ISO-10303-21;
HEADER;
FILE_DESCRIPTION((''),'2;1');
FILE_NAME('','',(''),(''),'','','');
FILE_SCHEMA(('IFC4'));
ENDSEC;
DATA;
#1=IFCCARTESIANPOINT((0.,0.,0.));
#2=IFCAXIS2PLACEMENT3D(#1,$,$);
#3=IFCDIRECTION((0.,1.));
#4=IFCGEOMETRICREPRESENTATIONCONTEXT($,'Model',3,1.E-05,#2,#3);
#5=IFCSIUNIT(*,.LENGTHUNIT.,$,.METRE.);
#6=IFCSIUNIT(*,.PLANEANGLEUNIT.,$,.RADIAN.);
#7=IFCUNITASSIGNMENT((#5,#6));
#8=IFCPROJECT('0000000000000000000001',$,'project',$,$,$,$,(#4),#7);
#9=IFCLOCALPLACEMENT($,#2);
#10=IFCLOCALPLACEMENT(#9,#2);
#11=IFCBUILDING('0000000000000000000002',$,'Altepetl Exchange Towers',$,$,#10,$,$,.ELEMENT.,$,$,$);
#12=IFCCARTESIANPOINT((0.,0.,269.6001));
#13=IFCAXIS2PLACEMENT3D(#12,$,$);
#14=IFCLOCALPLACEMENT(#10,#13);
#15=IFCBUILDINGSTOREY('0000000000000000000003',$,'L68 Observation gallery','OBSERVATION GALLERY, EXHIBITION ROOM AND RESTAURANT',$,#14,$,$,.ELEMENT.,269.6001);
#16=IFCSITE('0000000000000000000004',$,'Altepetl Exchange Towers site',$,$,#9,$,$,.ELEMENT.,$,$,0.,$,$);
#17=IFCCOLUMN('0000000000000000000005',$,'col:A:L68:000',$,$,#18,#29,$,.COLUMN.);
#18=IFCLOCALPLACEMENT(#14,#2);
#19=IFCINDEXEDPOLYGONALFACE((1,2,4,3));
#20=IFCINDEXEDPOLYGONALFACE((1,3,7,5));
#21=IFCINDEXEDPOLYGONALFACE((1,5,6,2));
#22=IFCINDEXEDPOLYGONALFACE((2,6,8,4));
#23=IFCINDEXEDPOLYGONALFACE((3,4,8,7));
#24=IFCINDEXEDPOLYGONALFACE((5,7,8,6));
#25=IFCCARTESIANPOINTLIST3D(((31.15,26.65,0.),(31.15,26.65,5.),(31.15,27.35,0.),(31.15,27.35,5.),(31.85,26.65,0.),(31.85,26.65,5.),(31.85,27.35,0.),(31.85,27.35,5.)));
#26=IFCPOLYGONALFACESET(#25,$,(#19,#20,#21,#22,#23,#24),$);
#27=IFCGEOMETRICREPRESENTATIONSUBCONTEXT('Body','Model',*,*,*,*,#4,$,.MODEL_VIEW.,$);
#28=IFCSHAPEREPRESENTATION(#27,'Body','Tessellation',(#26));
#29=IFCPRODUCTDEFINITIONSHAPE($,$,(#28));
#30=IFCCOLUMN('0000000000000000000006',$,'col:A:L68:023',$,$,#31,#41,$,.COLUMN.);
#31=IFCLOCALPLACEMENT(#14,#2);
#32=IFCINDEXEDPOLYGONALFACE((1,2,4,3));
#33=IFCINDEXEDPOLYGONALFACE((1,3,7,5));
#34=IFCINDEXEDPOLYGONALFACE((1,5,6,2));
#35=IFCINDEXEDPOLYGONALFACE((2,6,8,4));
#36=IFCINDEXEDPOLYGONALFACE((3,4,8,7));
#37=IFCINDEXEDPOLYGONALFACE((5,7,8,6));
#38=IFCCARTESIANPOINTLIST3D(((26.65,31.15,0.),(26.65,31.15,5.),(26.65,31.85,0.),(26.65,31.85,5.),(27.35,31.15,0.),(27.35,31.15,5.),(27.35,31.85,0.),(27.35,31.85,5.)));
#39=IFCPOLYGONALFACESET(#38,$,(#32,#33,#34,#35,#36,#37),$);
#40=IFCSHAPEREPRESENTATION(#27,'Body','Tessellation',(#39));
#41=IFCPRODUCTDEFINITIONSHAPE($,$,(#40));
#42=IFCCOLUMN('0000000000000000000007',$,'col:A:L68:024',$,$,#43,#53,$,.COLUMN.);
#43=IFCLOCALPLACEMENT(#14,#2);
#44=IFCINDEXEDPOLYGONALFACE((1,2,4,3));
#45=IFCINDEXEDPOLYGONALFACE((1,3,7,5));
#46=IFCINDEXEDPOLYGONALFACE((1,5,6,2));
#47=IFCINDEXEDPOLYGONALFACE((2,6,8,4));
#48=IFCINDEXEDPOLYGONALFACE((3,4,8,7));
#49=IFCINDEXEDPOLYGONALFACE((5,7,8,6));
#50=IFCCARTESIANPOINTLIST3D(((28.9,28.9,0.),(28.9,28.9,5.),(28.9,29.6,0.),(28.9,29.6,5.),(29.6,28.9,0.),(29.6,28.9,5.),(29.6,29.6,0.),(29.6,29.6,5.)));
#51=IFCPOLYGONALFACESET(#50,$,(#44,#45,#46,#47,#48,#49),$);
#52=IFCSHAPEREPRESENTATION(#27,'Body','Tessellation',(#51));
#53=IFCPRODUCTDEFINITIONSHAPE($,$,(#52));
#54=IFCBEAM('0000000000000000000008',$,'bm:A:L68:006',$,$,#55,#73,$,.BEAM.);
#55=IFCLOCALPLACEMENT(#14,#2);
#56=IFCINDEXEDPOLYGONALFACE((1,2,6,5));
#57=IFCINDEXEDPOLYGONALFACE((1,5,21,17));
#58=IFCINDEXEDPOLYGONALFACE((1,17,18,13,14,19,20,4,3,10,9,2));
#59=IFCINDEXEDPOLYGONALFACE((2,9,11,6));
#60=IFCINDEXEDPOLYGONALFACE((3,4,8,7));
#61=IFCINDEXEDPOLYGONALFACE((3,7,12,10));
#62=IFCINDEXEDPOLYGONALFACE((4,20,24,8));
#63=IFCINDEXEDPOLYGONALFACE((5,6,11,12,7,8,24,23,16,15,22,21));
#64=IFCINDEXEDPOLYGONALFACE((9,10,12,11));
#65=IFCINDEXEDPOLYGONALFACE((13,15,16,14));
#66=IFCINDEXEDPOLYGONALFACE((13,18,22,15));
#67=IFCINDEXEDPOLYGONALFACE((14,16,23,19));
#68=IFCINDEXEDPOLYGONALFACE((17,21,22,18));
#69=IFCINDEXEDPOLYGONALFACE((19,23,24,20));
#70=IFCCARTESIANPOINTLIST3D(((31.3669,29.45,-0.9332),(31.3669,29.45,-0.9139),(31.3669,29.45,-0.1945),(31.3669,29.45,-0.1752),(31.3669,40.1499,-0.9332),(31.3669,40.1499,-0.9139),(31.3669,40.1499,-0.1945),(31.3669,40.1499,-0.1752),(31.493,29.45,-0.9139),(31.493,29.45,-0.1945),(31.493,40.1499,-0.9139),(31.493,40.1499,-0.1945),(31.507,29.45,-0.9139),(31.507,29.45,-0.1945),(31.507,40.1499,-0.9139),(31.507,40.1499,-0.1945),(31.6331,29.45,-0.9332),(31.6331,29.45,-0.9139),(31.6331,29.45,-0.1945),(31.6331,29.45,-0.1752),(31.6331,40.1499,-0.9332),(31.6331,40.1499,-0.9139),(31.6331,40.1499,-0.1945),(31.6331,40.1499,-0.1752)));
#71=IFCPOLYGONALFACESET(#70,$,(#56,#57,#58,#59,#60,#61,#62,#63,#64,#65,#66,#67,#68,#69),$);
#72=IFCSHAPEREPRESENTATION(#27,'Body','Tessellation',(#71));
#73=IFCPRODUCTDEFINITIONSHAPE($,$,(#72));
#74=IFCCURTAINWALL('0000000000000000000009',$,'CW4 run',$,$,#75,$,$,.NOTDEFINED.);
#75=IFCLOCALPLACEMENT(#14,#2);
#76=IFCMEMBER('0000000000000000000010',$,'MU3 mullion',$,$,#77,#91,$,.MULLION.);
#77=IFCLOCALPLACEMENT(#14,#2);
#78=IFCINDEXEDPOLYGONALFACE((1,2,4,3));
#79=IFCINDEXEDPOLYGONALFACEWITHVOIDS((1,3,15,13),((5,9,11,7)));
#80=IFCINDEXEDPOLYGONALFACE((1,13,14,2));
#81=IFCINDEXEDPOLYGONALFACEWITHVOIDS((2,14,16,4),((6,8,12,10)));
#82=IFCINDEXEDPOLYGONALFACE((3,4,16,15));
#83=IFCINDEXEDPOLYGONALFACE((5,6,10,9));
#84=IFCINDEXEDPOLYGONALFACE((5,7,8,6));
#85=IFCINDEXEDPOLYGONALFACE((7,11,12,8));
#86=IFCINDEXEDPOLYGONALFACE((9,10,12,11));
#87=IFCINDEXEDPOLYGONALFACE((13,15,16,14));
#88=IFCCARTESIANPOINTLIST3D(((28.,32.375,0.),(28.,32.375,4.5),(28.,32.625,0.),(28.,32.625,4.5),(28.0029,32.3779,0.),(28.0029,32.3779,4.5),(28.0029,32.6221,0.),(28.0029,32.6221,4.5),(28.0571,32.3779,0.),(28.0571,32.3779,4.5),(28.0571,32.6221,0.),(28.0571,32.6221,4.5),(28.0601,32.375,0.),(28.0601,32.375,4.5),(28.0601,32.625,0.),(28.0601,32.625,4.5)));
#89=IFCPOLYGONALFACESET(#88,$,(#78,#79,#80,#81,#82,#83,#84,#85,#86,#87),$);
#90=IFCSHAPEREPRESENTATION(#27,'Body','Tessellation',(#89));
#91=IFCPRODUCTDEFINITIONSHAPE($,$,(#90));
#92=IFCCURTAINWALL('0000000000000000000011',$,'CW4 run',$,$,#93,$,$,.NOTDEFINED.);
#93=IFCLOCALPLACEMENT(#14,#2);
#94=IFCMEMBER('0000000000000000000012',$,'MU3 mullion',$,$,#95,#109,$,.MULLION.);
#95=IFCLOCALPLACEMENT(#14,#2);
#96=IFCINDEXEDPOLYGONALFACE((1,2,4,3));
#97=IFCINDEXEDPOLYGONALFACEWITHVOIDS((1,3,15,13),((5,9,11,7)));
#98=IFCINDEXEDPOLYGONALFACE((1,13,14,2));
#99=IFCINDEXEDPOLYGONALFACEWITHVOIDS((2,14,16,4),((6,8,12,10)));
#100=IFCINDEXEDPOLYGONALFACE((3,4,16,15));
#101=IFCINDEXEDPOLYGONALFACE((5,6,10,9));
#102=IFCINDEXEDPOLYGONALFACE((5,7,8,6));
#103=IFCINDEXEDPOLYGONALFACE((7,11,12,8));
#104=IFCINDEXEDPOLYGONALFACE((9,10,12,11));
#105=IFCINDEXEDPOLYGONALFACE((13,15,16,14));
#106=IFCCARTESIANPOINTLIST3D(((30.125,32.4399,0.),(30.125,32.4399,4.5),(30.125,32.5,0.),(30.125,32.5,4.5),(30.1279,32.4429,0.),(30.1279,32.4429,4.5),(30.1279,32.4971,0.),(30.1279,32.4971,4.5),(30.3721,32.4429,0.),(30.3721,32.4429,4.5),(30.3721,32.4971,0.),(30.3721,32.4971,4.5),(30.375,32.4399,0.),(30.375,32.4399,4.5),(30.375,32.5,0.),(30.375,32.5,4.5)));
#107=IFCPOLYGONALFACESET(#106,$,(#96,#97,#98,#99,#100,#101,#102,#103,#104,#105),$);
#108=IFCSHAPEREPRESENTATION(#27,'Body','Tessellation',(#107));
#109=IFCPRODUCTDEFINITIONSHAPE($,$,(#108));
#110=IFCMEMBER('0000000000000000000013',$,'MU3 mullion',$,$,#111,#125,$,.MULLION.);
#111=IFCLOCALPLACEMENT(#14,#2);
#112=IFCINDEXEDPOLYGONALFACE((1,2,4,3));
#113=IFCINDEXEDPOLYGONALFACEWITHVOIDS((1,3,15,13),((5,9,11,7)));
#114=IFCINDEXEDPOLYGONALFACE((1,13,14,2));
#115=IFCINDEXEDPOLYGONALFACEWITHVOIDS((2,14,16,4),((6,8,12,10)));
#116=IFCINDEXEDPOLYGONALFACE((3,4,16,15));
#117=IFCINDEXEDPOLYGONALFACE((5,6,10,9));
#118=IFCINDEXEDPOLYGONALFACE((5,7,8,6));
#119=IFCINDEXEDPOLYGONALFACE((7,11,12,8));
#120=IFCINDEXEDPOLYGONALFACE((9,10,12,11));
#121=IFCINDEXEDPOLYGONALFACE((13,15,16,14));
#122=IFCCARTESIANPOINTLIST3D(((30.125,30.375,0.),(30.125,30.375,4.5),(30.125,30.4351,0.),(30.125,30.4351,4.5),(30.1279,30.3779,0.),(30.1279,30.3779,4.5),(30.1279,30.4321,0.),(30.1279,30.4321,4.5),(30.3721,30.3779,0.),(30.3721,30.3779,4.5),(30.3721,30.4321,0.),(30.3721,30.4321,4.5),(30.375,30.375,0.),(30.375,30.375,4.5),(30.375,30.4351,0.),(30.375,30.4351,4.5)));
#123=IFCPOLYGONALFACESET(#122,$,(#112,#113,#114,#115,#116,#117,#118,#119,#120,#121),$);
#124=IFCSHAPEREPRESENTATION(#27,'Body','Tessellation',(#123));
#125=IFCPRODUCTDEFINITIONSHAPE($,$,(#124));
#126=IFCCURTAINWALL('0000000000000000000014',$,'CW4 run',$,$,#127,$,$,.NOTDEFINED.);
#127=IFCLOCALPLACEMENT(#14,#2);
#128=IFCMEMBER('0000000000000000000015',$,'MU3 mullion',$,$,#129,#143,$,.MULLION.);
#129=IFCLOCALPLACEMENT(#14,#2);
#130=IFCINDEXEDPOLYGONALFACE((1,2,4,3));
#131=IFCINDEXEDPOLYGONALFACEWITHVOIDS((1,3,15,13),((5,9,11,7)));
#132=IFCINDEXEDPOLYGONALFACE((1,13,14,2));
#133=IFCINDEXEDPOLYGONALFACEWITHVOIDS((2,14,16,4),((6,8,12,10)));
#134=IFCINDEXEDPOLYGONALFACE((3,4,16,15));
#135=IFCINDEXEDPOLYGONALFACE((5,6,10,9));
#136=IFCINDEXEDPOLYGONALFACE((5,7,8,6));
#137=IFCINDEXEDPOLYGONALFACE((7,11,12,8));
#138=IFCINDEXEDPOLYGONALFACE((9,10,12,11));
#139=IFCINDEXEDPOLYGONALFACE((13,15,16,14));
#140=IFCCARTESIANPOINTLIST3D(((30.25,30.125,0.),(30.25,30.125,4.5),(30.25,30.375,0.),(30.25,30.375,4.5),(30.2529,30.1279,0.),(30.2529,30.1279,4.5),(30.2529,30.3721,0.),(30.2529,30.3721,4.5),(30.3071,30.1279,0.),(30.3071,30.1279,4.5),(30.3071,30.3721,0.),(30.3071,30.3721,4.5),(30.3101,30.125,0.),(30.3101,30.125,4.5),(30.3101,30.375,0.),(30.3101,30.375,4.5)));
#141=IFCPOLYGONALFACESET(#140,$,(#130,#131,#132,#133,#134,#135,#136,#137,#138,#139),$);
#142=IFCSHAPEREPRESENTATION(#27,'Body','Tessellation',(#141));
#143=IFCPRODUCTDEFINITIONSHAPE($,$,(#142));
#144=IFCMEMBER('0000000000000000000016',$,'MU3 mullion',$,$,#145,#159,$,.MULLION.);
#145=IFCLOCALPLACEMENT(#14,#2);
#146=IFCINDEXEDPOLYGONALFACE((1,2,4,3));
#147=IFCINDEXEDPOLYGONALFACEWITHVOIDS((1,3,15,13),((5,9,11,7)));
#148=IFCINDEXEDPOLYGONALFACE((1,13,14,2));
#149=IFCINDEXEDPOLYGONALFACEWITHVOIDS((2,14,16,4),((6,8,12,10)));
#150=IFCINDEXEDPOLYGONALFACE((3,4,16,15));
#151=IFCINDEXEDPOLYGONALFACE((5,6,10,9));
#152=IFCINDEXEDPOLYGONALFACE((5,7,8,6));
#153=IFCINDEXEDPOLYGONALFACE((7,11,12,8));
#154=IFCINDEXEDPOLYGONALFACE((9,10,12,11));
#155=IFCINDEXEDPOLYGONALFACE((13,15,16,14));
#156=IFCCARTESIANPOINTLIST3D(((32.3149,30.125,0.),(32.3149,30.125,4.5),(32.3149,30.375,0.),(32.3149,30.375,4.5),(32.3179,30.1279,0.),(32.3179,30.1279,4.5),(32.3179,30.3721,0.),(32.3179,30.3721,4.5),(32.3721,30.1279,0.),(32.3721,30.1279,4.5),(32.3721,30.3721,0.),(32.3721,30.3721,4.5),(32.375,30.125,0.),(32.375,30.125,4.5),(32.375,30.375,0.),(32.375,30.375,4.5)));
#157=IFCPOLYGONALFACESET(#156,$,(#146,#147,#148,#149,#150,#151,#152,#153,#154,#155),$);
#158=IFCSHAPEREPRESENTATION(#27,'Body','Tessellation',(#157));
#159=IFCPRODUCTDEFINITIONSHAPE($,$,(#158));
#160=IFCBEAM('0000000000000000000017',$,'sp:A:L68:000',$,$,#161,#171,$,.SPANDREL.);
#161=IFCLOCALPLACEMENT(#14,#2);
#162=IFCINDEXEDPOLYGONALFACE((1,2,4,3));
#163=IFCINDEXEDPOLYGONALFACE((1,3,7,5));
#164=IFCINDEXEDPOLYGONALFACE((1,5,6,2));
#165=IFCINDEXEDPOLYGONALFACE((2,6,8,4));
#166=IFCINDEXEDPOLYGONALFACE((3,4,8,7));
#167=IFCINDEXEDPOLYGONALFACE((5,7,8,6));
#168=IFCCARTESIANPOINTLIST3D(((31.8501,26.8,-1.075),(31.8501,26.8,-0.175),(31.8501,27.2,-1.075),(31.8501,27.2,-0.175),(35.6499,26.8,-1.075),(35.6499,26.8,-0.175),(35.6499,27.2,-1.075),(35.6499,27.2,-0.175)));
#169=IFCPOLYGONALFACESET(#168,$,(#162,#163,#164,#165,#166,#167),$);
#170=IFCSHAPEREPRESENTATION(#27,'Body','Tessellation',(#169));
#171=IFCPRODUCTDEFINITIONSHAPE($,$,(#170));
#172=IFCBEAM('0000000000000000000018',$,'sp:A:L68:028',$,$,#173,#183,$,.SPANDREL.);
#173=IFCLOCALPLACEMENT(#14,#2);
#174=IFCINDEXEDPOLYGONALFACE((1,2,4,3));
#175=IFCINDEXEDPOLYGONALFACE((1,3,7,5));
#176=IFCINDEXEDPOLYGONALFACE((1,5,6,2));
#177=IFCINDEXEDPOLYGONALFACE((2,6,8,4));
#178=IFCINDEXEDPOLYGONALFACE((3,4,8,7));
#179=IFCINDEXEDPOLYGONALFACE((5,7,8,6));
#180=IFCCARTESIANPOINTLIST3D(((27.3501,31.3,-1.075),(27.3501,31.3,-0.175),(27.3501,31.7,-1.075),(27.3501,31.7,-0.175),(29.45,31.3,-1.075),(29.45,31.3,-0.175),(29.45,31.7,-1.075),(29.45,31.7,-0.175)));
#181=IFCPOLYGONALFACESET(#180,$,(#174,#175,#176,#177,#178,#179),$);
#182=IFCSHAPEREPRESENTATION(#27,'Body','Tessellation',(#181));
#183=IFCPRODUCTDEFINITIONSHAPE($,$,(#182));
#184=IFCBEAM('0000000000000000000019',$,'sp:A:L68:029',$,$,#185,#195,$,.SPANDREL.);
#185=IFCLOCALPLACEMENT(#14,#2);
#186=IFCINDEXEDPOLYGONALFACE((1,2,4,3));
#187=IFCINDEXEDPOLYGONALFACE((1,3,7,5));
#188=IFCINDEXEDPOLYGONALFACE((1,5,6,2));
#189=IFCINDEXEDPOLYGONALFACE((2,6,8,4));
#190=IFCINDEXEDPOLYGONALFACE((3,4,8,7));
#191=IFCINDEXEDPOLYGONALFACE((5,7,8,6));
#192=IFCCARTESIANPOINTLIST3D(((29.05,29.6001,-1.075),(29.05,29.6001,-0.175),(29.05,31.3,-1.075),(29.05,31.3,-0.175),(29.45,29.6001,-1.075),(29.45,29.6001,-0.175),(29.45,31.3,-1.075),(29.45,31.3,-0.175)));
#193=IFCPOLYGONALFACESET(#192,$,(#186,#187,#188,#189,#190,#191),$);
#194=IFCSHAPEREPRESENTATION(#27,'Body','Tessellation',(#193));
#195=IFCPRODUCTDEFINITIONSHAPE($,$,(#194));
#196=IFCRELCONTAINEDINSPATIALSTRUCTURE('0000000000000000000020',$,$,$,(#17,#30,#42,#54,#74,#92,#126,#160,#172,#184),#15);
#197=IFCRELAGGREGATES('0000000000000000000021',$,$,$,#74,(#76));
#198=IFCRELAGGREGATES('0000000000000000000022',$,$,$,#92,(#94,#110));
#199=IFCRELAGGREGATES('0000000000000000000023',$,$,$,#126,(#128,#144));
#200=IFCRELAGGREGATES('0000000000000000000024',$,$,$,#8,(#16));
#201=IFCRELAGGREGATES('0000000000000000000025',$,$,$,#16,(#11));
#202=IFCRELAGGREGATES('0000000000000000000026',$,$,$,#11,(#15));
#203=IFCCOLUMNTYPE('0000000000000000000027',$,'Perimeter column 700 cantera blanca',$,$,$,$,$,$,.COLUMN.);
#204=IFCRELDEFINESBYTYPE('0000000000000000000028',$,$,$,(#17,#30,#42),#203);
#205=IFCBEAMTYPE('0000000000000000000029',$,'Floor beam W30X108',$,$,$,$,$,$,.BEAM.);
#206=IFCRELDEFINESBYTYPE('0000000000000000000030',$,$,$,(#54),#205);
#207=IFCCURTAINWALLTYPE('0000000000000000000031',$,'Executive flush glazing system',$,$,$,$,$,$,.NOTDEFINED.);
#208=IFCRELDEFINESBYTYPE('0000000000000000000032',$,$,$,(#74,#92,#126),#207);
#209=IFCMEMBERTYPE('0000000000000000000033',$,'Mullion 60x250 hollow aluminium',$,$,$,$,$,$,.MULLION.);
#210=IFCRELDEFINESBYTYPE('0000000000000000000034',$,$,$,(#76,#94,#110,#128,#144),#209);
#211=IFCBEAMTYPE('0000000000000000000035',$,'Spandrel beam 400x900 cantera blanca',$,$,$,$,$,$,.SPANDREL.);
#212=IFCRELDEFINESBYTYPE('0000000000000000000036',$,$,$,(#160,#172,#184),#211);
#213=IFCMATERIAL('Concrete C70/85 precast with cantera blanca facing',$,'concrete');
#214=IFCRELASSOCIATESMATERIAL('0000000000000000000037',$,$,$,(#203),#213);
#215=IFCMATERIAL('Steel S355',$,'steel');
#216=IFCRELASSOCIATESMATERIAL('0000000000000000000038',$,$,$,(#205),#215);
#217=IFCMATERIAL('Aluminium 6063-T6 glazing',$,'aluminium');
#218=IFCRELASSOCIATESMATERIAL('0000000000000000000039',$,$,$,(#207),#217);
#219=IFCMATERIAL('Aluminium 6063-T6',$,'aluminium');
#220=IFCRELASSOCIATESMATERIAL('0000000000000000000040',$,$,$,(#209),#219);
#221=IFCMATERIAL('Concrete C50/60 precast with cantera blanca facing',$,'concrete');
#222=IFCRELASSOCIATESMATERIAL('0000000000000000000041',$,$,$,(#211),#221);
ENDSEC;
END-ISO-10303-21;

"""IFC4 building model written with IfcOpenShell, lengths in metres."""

from ifc_helpers import new_model, si_unit, direction, frame, origin, origin_2d, place, context, subcontext, project, spatial, rectangle, hollow_rectangle, i_section, extrude, material, material_profile, profile_set, type_object, element, aggregate, save


model = new_model("IFC4")

# Units and contexts
model_context = context("Model", 3, precision=1e-05, world=origin(), true_north=direction((0.0, 1.0)))
body_context = subcontext(model_context, "Body", "Model", "MODEL_VIEW")
ifc_project = project(units=[si_unit("LENGTHUNIT", "METRE"), si_unit("PLANEANGLEUNIT", "RADIAN")], contexts=[model_context])

# Site, building, storey
site_placement = place(None, origin())
site = spatial("IfcSite", under=ifc_project, at=site_placement, Name="Altepetl Exchange Towers site", CompositionType="ELEMENT", RefElevation=0.0)
building_placement = place(site_placement, origin())
building = spatial("IfcBuilding", under=site, at=building_placement, Name="Altepetl Exchange Towers", CompositionType="ELEMENT")
storey_placement = place(building_placement, frame((0.0, 0.0, 269.6001)))
storey = spatial("IfcBuildingStorey", under=building, at=storey_placement, Name="L68 Observation gallery", Description="OBSERVATION GALLERY, EXHIBITION ROOM AND RESTAURANT", CompositionType="ELEMENT", Elevation=269.6001)

# Columns
ifc_material_1 = material(Name="Concrete C70/85 precast with cantera blanca facing", Category="concrete")
ifc_material_profile_1 = material_profile(ifc_material_1, rectangle(XDim=0.7, YDim=0.7, at=origin_2d()), Name="700 x 700")
ifc_profile_set_1 = profile_set([ifc_material_profile_1], Name="Concrete C70/85 precast with cantera blanca facing")
column_type = type_object("IfcColumnType", Name="Perimeter column 700 cantera blanca", PredefinedType="COLUMN", material=ifc_profile_set_1)
for number, where, name in (
    (1, (31.5, 27.0, 0.0), "col:A:L68:000"),
    (2, (27.0, 31.5, 0.0), "col:A:L68:023"),
    (3, (29.25, 29.25, 0.0), "col:A:L68:024"),
):
    element("IfcColumn", number, at=place(storey_placement, frame(where)), inside=storey, type_object=column_type, Name=name, PredefinedType="COLUMN", context=body_context, shape_type="SweptSolid", body=[
        extrude(rectangle(XDim=0.7, YDim=0.7, at=origin_2d()), origin(), (0.0, 0.0, 1.0), 5.0),
    ])

# Beam
ifc_material_2 = material(Name="Steel S355", Category="steel")
ifc_material_profile_2 = material_profile(ifc_material_2, i_section(OverallWidth=0.2661, OverallDepth=0.7581, WebThickness=0.0139, FlangeThickness=0.0193, at=origin_2d()), Name="W30X108")
ifc_profile_set_2 = profile_set([ifc_material_profile_2], Name="Steel S355")
beam_type_1 = type_object("IfcBeamType", Name="Floor beam W30X108", PredefinedType="BEAM", material=ifc_profile_set_2)
beam_1_placement = place(storey_placement, frame((31.5, 29.45, -0.5542), z_axis=(0.0, 1.0, 0.0), x_axis=(-1.0, 0.0, 0.0)))
element("IfcBeam", 4, at=beam_1_placement, inside=storey, type_object=beam_type_1, Name="bm:A:L68:006", PredefinedType="BEAM", context=body_context, shape_type="SweptSolid", body=[
    extrude(i_section(OverallWidth=0.2661, OverallDepth=0.7581, WebThickness=0.0139, FlangeThickness=0.0193, at=origin_2d()), origin(), (0.0, 0.0, 1.0), 10.7),
])

# Curtain wall, member
ifc_material_3 = material(Name="Aluminium 6063-T6 glazing", Category="aluminium")
curtain_wall_type = type_object("IfcCurtainWallType", Name="Executive flush glazing system", PredefinedType="NOTDEFINED", material=ifc_material_3)
curtain_wall_1_placement = place(storey_placement, origin())
curtain_wall_1 = element("IfcCurtainWall", 5, at=curtain_wall_1_placement, inside=storey, type_object=curtain_wall_type, Name="CW4 run", PredefinedType="NOTDEFINED")
ifc_material_4 = material(Name="Aluminium 6063-T6", Category="aluminium")
ifc_material_profile_3 = material_profile(ifc_material_4, hollow_rectangle(XDim=0.0601, YDim=0.25, WallThickness=0.0029, at=origin_2d()), Name="Mullion 60x250 hollow aluminium")
ifc_profile_set_3 = profile_set([ifc_material_profile_3], Name="Aluminium 6063-T6")
member_type_1 = type_object("IfcMemberType", Name="Mullion 60x250 hollow aluminium", PredefinedType="MULLION", material=ifc_profile_set_3)
member_1_placement = place(storey_placement, frame((28.03, 32.5, 0.0)))
member_1 = element("IfcMember", 6, at=member_1_placement, type_object=member_type_1, Name="MU3 mullion", PredefinedType="MULLION", context=body_context, shape_type="SweptSolid", body=[
    extrude(hollow_rectangle(XDim=0.0601, YDim=0.25, WallThickness=0.0029, at=origin_2d()), origin(), (0.0, 0.0, 1.0), 4.5),
])

# Curtain walls, members
curtain_wall_2_placement = place(storey_placement, origin())
curtain_wall_2 = element("IfcCurtainWall", 7, at=curtain_wall_2_placement, inside=storey, type_object=curtain_wall_type, Name="CW4 run", PredefinedType="NOTDEFINED")
member_2_placement = place(storey_placement, frame((30.25, 32.47, 0.0), z_axis=(0.0, 0.0, 1.0), x_axis=(0.0, -1.0, 0.0)))
member_2 = element("IfcMember", 8, at=member_2_placement, type_object=member_type_1, Name="MU3 mullion", PredefinedType="MULLION", context=body_context, shape_type="SweptSolid", body=[
    extrude(hollow_rectangle(XDim=0.0601, YDim=0.25, WallThickness=0.0029, at=origin_2d()), origin(), (0.0, 0.0, 1.0), 4.5),
])
member_3_placement = place(storey_placement, frame((30.25, 30.405, 0.0), z_axis=(0.0, 0.0, 1.0), x_axis=(0.0, -1.0, 0.0)))
member_3 = element("IfcMember", 9, at=member_3_placement, type_object=member_type_1, Name="MU3 mullion", PredefinedType="MULLION", context=body_context, shape_type="SweptSolid", body=[
    extrude(hollow_rectangle(XDim=0.0601, YDim=0.25, WallThickness=0.0029, at=origin_2d()), origin(), (0.0, 0.0, 1.0), 4.5),
])
curtain_wall_3_placement = place(storey_placement, origin())
curtain_wall_3 = element("IfcCurtainWall", 10, at=curtain_wall_3_placement, inside=storey, type_object=curtain_wall_type, Name="CW4 run", PredefinedType="NOTDEFINED")
member_4_placement = place(storey_placement, frame((30.28, 30.25, 0.0)))
member_4 = element("IfcMember", 11, at=member_4_placement, type_object=member_type_1, Name="MU3 mullion", PredefinedType="MULLION", context=body_context, shape_type="SweptSolid", body=[
    extrude(hollow_rectangle(XDim=0.0601, YDim=0.25, WallThickness=0.0029, at=origin_2d()), origin(), (0.0, 0.0, 1.0), 4.5),
])
member_5_placement = place(storey_placement, frame((32.345, 30.25, 0.0)))
member_5 = element("IfcMember", 12, at=member_5_placement, type_object=member_type_1, Name="MU3 mullion", PredefinedType="MULLION", context=body_context, shape_type="SweptSolid", body=[
    extrude(hollow_rectangle(XDim=0.0601, YDim=0.25, WallThickness=0.0029, at=origin_2d()), origin(), (0.0, 0.0, 1.0), 4.5),
])

# Beams
ifc_material_5 = material(Name="Concrete C50/60 precast with cantera blanca facing", Category="concrete")
ifc_material_profile_4 = material_profile(ifc_material_5, rectangle(XDim=0.3999, YDim=0.8999, at=origin_2d()), Name="400 x 900")
ifc_profile_set_4 = profile_set([ifc_material_profile_4], Name="Concrete C50/60 precast with cantera blanca facing")
beam_type_2 = type_object("IfcBeamType", Name="Spandrel beam 400x900 cantera blanca", PredefinedType="SPANDREL", material=ifc_profile_set_4)
beam_2_placement = place(storey_placement, frame((31.8501, 27.0, -0.625), z_axis=(1.0, 0.0, 0.0), x_axis=(0.0, 1.0, 0.0)))
element("IfcBeam", 13, at=beam_2_placement, inside=storey, type_object=beam_type_2, Name="sp:A:L68:000", PredefinedType="SPANDREL", context=body_context, shape_type="SweptSolid", body=[
    extrude(rectangle(XDim=0.3999, YDim=0.8999, at=origin_2d()), origin(), (0.0, 0.0, 1.0), 3.7998),
])
beam_3_placement = place(storey_placement, frame((27.3501, 31.5, -0.625), z_axis=(1.0, 0.0, 0.0), x_axis=(0.0, 1.0, 0.0)))
element("IfcBeam", 14, at=beam_3_placement, inside=storey, type_object=beam_type_2, Name="sp:A:L68:028", PredefinedType="SPANDREL", context=body_context, shape_type="SweptSolid", body=[
    extrude(rectangle(XDim=0.3999, YDim=0.8999, at=origin_2d()), origin(), (0.0, 0.0, 1.0), 2.0999),
])
beam_4_placement = place(storey_placement, frame((29.25, 31.3, -0.625), z_axis=(0.0, -1.0, 0.0), x_axis=(1.0, 0.0, 0.0)))
element("IfcBeam", 15, at=beam_4_placement, inside=storey, type_object=beam_type_2, Name="sp:A:L68:029", PredefinedType="SPANDREL", context=body_context, shape_type="SweptSolid", body=[
    extrude(rectangle(XDim=0.3999, YDim=0.8999, at=origin_2d()), origin(), (0.0, 0.0, 1.0), 1.7),
])

aggregate(curtain_wall_1, [member_1])
aggregate(curtain_wall_2, [member_2, member_3])
aggregate(curtain_wall_3, [member_4, member_5])

save(model, "model.ifc")
